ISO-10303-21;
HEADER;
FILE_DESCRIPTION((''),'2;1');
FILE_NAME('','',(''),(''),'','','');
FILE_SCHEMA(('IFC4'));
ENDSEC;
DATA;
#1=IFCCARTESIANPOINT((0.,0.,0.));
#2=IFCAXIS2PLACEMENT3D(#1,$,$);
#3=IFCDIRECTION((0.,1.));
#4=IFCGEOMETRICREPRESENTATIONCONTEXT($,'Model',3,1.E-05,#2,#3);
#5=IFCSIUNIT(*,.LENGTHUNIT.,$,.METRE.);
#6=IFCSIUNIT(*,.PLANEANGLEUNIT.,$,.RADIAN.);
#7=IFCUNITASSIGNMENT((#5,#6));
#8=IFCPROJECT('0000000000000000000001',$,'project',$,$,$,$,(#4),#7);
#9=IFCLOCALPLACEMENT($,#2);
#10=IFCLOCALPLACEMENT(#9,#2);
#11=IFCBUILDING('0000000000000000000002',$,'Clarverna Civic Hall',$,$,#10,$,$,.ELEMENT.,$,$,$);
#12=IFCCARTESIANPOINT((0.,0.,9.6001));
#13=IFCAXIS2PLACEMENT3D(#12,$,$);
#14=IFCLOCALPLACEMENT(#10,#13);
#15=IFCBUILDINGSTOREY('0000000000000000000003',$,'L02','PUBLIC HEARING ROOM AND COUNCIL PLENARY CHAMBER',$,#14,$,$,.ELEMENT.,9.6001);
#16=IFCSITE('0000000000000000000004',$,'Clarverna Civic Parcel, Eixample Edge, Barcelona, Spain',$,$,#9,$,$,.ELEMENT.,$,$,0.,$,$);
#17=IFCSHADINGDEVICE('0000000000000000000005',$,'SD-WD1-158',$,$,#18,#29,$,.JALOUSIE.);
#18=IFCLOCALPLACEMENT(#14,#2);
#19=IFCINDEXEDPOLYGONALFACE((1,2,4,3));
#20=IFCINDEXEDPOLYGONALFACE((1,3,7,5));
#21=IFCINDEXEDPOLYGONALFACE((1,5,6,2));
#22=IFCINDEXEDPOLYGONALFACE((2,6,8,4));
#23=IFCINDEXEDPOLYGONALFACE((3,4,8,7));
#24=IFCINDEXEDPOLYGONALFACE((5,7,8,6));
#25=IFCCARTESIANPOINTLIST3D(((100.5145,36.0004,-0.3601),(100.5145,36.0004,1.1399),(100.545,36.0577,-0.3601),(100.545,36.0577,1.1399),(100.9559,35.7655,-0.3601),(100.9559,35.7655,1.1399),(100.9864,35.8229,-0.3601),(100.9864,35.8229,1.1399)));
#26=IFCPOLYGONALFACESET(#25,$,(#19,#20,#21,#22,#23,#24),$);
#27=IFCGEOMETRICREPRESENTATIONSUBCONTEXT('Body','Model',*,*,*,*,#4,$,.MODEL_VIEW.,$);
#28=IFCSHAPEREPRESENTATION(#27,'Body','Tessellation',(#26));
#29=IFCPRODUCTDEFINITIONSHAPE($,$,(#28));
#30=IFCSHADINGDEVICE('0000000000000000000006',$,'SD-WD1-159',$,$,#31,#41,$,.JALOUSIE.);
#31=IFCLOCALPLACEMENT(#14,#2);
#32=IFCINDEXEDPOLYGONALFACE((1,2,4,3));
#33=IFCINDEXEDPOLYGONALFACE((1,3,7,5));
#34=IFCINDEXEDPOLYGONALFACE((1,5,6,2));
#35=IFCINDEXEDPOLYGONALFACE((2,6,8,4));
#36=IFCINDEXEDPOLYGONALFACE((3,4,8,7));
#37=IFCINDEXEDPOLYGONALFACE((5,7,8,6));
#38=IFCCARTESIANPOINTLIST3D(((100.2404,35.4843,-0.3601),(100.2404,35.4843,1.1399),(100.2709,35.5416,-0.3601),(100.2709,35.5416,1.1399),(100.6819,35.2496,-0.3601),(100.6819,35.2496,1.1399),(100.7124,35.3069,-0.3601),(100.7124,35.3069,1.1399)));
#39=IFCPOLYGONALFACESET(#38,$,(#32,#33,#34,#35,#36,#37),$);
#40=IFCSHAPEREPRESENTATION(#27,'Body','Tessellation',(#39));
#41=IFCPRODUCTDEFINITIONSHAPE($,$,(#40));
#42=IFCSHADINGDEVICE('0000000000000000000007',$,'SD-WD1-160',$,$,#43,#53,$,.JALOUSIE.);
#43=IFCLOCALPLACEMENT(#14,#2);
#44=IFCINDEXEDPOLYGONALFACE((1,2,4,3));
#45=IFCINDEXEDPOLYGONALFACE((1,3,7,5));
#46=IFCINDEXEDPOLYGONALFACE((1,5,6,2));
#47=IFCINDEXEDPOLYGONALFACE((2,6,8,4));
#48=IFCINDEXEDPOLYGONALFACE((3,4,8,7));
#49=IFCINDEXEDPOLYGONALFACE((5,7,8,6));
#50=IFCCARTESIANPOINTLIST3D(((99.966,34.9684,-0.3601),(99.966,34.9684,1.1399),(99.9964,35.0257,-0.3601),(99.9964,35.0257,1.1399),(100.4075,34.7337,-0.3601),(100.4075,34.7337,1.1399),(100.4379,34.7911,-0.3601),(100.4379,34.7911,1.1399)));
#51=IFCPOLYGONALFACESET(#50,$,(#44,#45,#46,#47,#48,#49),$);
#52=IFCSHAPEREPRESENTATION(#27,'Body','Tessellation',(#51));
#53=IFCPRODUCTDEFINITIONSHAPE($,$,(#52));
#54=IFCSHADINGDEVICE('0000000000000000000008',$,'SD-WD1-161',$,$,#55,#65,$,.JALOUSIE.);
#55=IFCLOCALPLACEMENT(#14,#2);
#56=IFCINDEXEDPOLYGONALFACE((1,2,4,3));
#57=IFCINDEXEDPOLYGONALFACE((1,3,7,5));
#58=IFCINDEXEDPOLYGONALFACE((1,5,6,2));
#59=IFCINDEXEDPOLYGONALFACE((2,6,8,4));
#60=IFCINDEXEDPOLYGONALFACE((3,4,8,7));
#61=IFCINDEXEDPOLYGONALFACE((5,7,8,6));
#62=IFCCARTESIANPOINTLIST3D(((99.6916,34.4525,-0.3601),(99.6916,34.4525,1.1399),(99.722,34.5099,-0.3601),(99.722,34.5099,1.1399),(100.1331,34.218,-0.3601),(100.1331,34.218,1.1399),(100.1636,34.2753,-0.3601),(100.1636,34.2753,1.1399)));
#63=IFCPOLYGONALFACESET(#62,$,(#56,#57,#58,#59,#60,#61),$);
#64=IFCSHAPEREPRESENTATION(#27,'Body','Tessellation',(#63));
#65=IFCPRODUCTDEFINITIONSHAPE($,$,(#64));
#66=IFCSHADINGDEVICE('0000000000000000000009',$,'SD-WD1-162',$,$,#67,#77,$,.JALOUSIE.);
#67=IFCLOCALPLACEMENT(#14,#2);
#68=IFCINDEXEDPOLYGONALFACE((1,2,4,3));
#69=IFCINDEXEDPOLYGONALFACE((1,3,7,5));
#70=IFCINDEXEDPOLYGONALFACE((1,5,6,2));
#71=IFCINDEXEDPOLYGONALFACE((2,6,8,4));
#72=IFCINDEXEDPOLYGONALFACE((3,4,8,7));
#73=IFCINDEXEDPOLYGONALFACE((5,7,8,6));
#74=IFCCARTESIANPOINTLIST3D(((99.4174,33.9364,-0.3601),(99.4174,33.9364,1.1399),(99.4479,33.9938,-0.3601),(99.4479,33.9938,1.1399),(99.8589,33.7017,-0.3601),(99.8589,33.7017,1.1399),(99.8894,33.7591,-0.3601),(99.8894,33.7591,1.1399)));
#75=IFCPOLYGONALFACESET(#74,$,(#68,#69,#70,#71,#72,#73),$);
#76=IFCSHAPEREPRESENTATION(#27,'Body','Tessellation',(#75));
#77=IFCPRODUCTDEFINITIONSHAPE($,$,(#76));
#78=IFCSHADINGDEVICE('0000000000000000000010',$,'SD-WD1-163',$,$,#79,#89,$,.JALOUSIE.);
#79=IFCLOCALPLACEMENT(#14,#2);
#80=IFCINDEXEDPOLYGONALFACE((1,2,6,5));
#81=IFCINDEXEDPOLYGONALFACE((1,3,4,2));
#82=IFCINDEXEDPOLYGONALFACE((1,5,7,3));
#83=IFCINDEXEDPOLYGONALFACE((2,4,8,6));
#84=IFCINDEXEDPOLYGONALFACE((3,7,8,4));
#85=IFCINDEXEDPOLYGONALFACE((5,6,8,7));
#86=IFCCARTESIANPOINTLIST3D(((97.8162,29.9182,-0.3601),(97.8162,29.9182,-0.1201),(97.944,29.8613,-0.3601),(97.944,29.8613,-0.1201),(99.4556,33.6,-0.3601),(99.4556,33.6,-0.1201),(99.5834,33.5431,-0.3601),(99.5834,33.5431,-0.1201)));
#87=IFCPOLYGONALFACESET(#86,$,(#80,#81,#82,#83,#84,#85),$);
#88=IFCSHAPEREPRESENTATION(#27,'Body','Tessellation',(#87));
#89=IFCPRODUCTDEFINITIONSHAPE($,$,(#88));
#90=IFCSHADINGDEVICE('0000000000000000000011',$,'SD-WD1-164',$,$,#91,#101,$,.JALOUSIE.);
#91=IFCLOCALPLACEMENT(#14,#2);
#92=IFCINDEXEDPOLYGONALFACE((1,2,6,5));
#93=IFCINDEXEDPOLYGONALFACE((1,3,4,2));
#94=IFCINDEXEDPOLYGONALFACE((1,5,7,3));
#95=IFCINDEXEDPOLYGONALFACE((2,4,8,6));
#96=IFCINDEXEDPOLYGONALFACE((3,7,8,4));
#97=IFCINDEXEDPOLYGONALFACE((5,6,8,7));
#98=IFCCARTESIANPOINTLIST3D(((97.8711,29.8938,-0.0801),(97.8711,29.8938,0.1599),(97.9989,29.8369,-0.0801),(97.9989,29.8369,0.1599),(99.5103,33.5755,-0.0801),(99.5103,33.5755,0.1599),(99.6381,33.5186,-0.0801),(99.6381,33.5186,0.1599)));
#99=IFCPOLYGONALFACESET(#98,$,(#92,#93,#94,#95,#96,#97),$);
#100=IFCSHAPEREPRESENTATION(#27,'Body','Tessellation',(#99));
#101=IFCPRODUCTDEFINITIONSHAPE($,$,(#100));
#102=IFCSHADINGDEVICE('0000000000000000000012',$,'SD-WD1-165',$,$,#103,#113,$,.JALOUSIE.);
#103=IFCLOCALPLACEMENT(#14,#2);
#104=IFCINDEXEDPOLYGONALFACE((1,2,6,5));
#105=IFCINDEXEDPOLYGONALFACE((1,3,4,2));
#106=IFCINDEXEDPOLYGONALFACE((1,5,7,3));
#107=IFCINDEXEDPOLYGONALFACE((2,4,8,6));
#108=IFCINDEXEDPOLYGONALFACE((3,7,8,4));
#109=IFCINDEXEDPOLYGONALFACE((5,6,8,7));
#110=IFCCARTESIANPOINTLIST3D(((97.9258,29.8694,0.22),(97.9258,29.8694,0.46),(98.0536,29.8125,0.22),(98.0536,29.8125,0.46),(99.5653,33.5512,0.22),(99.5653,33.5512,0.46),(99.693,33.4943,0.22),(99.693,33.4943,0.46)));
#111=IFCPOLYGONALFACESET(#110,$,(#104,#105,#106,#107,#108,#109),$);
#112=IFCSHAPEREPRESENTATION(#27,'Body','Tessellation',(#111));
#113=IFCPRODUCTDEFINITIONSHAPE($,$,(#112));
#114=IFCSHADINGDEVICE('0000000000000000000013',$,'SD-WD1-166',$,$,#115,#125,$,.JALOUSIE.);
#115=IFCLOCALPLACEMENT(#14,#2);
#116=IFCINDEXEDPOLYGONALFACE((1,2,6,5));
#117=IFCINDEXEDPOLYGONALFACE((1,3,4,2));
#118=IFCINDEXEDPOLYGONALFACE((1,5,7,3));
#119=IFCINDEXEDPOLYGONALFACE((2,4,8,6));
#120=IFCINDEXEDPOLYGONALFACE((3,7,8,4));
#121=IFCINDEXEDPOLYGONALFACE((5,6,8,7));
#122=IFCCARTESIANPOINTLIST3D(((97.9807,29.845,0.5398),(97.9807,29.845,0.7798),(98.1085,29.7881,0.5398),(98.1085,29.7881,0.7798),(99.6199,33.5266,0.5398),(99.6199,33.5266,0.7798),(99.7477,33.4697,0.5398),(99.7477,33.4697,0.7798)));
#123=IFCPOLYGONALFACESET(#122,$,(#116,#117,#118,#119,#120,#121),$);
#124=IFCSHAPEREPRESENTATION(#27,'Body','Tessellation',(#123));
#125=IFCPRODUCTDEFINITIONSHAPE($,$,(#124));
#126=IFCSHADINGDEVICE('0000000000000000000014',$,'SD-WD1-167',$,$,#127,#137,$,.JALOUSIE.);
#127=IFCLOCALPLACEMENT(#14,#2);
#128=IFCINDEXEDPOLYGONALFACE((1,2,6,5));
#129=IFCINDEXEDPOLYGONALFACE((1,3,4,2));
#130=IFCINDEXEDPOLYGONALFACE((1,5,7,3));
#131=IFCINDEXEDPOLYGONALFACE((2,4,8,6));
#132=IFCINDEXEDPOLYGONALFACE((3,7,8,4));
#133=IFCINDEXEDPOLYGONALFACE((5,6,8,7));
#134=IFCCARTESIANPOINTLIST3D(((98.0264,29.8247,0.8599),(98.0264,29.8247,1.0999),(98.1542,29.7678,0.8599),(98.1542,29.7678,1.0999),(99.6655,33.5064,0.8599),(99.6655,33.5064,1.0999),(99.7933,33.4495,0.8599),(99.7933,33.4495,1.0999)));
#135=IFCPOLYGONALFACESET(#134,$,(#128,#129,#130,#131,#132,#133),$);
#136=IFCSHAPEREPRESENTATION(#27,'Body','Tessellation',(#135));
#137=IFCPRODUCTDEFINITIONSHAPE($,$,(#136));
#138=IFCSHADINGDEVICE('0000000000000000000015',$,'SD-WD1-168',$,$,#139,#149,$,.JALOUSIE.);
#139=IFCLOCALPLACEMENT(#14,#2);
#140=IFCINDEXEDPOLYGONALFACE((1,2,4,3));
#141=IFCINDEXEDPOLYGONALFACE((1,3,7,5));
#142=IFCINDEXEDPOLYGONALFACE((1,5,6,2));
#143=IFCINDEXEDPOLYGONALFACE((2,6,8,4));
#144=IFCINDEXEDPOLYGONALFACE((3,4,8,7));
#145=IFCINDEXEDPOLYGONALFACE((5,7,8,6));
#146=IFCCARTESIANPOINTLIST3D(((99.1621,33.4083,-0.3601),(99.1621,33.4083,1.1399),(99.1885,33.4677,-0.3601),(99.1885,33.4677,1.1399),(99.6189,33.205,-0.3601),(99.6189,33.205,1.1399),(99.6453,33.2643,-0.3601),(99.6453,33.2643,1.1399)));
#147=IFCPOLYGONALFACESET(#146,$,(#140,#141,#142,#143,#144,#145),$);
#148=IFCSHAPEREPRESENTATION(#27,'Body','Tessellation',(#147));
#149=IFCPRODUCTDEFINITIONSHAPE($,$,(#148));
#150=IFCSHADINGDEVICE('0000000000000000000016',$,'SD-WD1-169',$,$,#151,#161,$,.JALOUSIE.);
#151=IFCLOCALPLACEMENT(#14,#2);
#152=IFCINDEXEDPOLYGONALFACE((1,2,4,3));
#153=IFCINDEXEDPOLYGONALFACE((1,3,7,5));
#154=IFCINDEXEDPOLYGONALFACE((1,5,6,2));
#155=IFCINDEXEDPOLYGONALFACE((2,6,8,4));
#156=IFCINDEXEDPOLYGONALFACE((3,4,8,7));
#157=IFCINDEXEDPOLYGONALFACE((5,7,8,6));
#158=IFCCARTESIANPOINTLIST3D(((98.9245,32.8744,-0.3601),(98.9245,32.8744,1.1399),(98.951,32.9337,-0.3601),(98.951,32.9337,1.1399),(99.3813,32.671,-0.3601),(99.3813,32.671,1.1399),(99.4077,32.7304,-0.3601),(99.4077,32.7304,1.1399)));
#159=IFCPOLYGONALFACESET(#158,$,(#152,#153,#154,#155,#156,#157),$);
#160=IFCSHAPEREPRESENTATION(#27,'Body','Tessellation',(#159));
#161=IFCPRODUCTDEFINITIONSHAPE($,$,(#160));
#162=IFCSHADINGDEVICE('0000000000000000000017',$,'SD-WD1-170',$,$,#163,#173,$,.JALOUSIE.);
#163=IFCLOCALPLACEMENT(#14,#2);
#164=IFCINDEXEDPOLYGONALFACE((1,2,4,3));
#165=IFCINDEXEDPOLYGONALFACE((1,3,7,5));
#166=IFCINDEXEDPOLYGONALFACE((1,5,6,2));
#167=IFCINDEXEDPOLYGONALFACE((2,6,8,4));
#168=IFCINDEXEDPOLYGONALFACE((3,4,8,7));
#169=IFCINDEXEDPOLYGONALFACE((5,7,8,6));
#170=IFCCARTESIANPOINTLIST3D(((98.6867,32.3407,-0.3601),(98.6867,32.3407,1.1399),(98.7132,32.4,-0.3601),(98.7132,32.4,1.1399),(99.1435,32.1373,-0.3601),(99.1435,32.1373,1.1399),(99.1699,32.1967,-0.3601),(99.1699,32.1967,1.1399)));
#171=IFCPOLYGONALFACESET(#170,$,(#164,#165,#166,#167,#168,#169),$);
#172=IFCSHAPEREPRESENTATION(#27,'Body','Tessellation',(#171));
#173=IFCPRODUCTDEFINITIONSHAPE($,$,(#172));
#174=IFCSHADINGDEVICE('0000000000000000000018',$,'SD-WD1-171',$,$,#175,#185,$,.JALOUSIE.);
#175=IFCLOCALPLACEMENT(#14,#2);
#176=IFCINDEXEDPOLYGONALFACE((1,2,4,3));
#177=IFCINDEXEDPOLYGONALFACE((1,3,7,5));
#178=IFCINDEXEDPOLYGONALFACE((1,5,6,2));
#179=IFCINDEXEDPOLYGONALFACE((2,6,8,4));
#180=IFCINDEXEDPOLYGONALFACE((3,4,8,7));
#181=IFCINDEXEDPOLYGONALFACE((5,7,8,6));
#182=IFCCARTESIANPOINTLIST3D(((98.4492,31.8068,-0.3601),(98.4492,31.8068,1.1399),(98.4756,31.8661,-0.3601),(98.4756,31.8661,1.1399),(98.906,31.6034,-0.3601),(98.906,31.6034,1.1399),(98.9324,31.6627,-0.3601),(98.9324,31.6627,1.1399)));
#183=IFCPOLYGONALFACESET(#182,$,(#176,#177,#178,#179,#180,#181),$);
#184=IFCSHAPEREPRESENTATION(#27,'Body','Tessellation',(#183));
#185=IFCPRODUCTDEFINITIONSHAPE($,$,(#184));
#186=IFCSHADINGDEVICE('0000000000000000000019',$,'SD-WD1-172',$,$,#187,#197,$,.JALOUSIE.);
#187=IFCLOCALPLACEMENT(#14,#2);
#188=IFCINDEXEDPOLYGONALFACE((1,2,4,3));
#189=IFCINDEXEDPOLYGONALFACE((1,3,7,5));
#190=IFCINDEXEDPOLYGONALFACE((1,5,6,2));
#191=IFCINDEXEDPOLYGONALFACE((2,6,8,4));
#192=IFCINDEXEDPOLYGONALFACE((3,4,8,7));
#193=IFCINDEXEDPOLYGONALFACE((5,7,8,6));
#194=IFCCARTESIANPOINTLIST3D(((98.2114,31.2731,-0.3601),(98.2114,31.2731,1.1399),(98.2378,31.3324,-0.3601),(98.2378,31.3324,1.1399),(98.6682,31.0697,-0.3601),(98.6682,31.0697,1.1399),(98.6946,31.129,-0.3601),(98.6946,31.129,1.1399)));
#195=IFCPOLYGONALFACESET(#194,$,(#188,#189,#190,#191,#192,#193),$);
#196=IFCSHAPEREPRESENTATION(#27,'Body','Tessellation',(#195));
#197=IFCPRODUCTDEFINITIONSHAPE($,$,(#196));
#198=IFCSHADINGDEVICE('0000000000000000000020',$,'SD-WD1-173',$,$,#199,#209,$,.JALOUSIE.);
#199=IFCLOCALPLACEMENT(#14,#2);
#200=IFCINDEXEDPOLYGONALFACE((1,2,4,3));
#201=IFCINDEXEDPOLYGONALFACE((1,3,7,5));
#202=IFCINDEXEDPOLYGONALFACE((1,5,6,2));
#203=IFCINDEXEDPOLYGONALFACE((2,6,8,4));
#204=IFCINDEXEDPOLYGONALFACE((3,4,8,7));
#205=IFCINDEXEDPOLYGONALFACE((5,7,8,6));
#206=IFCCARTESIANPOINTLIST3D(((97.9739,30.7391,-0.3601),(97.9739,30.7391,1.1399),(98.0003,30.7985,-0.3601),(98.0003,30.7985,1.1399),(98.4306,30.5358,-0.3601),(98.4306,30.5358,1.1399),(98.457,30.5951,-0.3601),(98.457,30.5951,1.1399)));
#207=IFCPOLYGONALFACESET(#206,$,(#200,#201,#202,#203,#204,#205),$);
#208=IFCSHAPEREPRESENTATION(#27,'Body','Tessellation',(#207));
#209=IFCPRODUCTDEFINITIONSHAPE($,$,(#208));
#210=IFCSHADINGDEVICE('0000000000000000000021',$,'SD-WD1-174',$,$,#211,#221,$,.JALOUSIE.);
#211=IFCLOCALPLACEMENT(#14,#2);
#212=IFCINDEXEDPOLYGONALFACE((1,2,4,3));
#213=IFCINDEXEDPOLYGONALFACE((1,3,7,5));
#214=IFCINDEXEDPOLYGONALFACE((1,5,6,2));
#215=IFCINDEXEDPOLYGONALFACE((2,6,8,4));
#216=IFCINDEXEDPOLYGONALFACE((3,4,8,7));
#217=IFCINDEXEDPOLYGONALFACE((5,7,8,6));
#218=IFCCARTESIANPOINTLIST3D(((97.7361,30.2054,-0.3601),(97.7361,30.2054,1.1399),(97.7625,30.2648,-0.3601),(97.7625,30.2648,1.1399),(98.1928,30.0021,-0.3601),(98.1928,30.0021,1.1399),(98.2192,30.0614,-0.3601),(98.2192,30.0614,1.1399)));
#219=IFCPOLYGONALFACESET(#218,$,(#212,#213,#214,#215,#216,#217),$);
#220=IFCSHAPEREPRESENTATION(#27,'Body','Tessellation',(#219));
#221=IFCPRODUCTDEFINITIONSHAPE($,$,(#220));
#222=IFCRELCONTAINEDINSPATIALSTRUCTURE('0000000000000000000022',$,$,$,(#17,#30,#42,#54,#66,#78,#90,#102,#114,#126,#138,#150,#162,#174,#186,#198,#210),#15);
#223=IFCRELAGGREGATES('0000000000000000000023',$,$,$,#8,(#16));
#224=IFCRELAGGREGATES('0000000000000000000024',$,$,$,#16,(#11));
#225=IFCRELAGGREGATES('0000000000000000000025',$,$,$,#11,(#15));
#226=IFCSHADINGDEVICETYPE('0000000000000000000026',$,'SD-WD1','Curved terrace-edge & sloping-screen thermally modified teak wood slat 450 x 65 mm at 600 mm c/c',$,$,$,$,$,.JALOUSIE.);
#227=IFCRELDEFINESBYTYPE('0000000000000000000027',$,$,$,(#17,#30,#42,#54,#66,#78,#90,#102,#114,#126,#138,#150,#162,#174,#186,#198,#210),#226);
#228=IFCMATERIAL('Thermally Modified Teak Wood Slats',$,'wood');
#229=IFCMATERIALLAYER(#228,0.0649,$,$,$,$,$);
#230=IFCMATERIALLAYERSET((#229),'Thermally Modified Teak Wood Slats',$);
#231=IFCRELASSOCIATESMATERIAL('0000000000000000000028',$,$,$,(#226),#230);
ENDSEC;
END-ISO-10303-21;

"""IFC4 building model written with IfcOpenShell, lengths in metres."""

from ifc_helpers import new_model, si_unit, direction, frame, frame_2d, origin, place, context, subcontext, project, spatial, rectangle, extrude, material, layer, layer_set, type_object, element, save


model = new_model("IFC4")

# Units and contexts
model_context = context("Model", 3, precision=1e-05, world=origin(), true_north=direction((0.0, 1.0)))
body_context = subcontext(model_context, "Body", "Model", "MODEL_VIEW")
ifc_project = project(units=[si_unit("LENGTHUNIT", "METRE"), si_unit("PLANEANGLEUNIT", "RADIAN")], contexts=[model_context])

# Site, building, storey
site_placement = place(None, origin())
site = spatial("IfcSite", under=ifc_project, at=site_placement, Name="Clarverna Civic Parcel, Eixample Edge, Barcelona, Spain", CompositionType="ELEMENT", RefElevation=0.0)
building_placement = place(site_placement, origin())
building = spatial("IfcBuilding", under=site, at=building_placement, Name="Clarverna Civic Hall", CompositionType="ELEMENT")
storey_placement = place(building_placement, frame((0.0, 0.0, 9.6001)))
storey = spatial("IfcBuildingStorey", under=building, at=storey_placement, Name="L02", Description="PUBLIC HEARING ROOM AND COUNCIL PLENARY CHAMBER", CompositionType="ELEMENT", Elevation=9.6001)

# Shading devices
ifc_material_1 = material(Name="Thermally Modified Teak Wood Slats", Category="wood")
ifc_layer_1 = layer(ifc_material_1, 0.0649)
ifc_layer_set_1 = layer_set([ifc_layer_1], Name="Thermally Modified Teak Wood Slats")
shading_device_type = type_object("IfcShadingDeviceType", Name="SD-WD1", Description="Curved terrace-edge & sloping-screen thermally modified teak wood slat 450 x 65 mm at 600 mm c/c", PredefinedType="JALOUSIE", material=ifc_layer_set_1)
for number, where, z_axis, x_axis, name in (
    (1, (100.5298, 36.0291, -0.3601), (0.0, 0.0, 1.0), (0.882812, -0.469726, 0.0), "SD-WD1-158"),
    (2, (100.2556, 35.5129, -0.3601), (0.0, 0.0, 1.0), (0.883015, -0.469346, 0.0), "SD-WD1-159"),
    (3, (99.9812, 34.9971, -0.3601), (0.0, 0.0, 1.0), (0.883015, -0.469346, 0.0), "SD-WD1-160"),
    (4, (99.7068, 34.4812, -0.3601), (0.0, 0.0, 1.0), (0.883122, -0.469143, 0.0), "SD-WD1-161"),
    (5, (99.4326, 33.9651, -0.3601), (0.0, 0.0, 1.0), (0.883015, -0.469346, 0.0), "SD-WD1-162"),
):
    element("IfcShadingDevice", number, at=place(storey_placement, frame(where, z_axis=z_axis, x_axis=x_axis)), inside=storey, type_object=shading_device_type, Name=name, PredefinedType="JALOUSIE", context=body_context, shape_type="SweptSolid", body=[
        extrude(rectangle(XDim=0.5, YDim=0.0649, at=frame_2d((0.25, 0.0))), origin(), (0.0, 0.0, 1.0), 1.5),
    ])
shading_device_1_placement = place(storey_placement, frame((99.5195, 33.5715, -0.3601), z_axis=(0.0, 0.0, 1.0), x_axis=(-0.406785, -0.913524, 0.0)))
element("IfcShadingDevice", 6, at=shading_device_1_placement, inside=storey, type_object=shading_device_type, Name="SD-WD1-163", PredefinedType="JALOUSIE", context=body_context, shape_type="SweptSolid", body=[
    extrude(rectangle(XDim=4.0303, YDim=0.1399, at=frame_2d((2.0151, 0.0))), origin(), (0.0, 0.0, 1.0), 0.24),
])
shading_device_2_placement = place(storey_placement, frame((99.5742, 33.5471, -0.0801), z_axis=(0.0, 0.0, 1.0), x_axis=(-0.406734, -0.913547, 0.0)))
element("IfcShadingDevice", 7, at=shading_device_2_placement, inside=storey, type_object=shading_device_type, Name="SD-WD1-164", PredefinedType="JALOUSIE", context=body_context, shape_type="SweptSolid", body=[
    extrude(rectangle(XDim=4.03, YDim=0.1399, at=frame_2d((2.0151, 0.0))), origin(), (0.0, 0.0, 1.0), 0.24),
])
shading_device_3_placement = place(storey_placement, frame((99.6292, 33.5227, 0.22), z_axis=(0.0, 0.0, 1.0), x_axis=(-0.406785, -0.913524, 0.0)))
element("IfcShadingDevice", 8, at=shading_device_3_placement, inside=storey, type_object=shading_device_type, Name="SD-WD1-165", PredefinedType="JALOUSIE", context=body_context, shape_type="SweptSolid", body=[
    extrude(rectangle(XDim=4.0303, YDim=0.1399, at=frame_2d((2.0151, 0.0))), origin(), (0.0, 0.0, 1.0), 0.24),
])
for number, where, z_axis, x_axis, name in (
    (9, (99.6838, 33.4983, 0.5398), (0.0, 0.0, 1.0), (-0.406734, -0.913547, 0.0), "SD-WD1-166"),
    (10, (99.7295, 33.478, 0.8599), (0.0, 0.0, 1.0), (-0.406734, -0.913547, 0.0), "SD-WD1-167"),
):
    element("IfcShadingDevice", number, at=place(storey_placement, frame(where, z_axis=z_axis, x_axis=x_axis)), inside=storey, type_object=shading_device_type, Name=name, PredefinedType="JALOUSIE", context=body_context, shape_type="SweptSolid", body=[
        extrude(rectangle(XDim=4.03, YDim=0.1399, at=frame_2d((2.0151, 0.0))), origin(), (0.0, 0.0, 1.0), 0.24),
    ])
for number, where, z_axis, x_axis, name in (
    (11, (99.1753, 33.438, -0.3601), (0.0, 0.0, 1.0), (0.91355, -0.406727, 0.0), "SD-WD1-168"),
    (12, (98.9377, 32.9041, -0.3601), (0.0, 0.0, 1.0), (0.91355, -0.406727, 0.0), "SD-WD1-169"),
    (13, (98.7, 32.3704, -0.3601), (0.0, 0.0, 1.0), (0.91355, -0.406727, 0.0), "SD-WD1-170"),
    (14, (98.4624, 31.8364, -0.3601), (0.0, 0.0, 1.0), (0.91355, -0.406727, 0.0), "SD-WD1-171"),
    (15, (98.2246, 31.3027, -0.3601), (0.0, 0.0, 1.0), (0.91355, -0.406727, 0.0), "SD-WD1-172"),
    (16, (97.9871, 30.7688, -0.3601), (0.0, 0.0, 1.0), (0.91355, -0.406727, 0.0), "SD-WD1-173"),
    (17, (97.7493, 30.2351, -0.3601), (0.0, 0.0, 1.0), (0.91355, -0.406727, 0.0), "SD-WD1-174"),
):
    element("IfcShadingDevice", number, at=place(storey_placement, frame(where, z_axis=z_axis, x_axis=x_axis)), inside=storey, type_object=shading_device_type, Name=name, PredefinedType="JALOUSIE", context=body_context, shape_type="SweptSolid", body=[
        extrude(rectangle(XDim=0.5, YDim=0.0649, at=frame_2d((0.25, 0.0))), origin(), (0.0, 0.0, 1.0), 1.5),
    ])

save(model, "model.ifc")
